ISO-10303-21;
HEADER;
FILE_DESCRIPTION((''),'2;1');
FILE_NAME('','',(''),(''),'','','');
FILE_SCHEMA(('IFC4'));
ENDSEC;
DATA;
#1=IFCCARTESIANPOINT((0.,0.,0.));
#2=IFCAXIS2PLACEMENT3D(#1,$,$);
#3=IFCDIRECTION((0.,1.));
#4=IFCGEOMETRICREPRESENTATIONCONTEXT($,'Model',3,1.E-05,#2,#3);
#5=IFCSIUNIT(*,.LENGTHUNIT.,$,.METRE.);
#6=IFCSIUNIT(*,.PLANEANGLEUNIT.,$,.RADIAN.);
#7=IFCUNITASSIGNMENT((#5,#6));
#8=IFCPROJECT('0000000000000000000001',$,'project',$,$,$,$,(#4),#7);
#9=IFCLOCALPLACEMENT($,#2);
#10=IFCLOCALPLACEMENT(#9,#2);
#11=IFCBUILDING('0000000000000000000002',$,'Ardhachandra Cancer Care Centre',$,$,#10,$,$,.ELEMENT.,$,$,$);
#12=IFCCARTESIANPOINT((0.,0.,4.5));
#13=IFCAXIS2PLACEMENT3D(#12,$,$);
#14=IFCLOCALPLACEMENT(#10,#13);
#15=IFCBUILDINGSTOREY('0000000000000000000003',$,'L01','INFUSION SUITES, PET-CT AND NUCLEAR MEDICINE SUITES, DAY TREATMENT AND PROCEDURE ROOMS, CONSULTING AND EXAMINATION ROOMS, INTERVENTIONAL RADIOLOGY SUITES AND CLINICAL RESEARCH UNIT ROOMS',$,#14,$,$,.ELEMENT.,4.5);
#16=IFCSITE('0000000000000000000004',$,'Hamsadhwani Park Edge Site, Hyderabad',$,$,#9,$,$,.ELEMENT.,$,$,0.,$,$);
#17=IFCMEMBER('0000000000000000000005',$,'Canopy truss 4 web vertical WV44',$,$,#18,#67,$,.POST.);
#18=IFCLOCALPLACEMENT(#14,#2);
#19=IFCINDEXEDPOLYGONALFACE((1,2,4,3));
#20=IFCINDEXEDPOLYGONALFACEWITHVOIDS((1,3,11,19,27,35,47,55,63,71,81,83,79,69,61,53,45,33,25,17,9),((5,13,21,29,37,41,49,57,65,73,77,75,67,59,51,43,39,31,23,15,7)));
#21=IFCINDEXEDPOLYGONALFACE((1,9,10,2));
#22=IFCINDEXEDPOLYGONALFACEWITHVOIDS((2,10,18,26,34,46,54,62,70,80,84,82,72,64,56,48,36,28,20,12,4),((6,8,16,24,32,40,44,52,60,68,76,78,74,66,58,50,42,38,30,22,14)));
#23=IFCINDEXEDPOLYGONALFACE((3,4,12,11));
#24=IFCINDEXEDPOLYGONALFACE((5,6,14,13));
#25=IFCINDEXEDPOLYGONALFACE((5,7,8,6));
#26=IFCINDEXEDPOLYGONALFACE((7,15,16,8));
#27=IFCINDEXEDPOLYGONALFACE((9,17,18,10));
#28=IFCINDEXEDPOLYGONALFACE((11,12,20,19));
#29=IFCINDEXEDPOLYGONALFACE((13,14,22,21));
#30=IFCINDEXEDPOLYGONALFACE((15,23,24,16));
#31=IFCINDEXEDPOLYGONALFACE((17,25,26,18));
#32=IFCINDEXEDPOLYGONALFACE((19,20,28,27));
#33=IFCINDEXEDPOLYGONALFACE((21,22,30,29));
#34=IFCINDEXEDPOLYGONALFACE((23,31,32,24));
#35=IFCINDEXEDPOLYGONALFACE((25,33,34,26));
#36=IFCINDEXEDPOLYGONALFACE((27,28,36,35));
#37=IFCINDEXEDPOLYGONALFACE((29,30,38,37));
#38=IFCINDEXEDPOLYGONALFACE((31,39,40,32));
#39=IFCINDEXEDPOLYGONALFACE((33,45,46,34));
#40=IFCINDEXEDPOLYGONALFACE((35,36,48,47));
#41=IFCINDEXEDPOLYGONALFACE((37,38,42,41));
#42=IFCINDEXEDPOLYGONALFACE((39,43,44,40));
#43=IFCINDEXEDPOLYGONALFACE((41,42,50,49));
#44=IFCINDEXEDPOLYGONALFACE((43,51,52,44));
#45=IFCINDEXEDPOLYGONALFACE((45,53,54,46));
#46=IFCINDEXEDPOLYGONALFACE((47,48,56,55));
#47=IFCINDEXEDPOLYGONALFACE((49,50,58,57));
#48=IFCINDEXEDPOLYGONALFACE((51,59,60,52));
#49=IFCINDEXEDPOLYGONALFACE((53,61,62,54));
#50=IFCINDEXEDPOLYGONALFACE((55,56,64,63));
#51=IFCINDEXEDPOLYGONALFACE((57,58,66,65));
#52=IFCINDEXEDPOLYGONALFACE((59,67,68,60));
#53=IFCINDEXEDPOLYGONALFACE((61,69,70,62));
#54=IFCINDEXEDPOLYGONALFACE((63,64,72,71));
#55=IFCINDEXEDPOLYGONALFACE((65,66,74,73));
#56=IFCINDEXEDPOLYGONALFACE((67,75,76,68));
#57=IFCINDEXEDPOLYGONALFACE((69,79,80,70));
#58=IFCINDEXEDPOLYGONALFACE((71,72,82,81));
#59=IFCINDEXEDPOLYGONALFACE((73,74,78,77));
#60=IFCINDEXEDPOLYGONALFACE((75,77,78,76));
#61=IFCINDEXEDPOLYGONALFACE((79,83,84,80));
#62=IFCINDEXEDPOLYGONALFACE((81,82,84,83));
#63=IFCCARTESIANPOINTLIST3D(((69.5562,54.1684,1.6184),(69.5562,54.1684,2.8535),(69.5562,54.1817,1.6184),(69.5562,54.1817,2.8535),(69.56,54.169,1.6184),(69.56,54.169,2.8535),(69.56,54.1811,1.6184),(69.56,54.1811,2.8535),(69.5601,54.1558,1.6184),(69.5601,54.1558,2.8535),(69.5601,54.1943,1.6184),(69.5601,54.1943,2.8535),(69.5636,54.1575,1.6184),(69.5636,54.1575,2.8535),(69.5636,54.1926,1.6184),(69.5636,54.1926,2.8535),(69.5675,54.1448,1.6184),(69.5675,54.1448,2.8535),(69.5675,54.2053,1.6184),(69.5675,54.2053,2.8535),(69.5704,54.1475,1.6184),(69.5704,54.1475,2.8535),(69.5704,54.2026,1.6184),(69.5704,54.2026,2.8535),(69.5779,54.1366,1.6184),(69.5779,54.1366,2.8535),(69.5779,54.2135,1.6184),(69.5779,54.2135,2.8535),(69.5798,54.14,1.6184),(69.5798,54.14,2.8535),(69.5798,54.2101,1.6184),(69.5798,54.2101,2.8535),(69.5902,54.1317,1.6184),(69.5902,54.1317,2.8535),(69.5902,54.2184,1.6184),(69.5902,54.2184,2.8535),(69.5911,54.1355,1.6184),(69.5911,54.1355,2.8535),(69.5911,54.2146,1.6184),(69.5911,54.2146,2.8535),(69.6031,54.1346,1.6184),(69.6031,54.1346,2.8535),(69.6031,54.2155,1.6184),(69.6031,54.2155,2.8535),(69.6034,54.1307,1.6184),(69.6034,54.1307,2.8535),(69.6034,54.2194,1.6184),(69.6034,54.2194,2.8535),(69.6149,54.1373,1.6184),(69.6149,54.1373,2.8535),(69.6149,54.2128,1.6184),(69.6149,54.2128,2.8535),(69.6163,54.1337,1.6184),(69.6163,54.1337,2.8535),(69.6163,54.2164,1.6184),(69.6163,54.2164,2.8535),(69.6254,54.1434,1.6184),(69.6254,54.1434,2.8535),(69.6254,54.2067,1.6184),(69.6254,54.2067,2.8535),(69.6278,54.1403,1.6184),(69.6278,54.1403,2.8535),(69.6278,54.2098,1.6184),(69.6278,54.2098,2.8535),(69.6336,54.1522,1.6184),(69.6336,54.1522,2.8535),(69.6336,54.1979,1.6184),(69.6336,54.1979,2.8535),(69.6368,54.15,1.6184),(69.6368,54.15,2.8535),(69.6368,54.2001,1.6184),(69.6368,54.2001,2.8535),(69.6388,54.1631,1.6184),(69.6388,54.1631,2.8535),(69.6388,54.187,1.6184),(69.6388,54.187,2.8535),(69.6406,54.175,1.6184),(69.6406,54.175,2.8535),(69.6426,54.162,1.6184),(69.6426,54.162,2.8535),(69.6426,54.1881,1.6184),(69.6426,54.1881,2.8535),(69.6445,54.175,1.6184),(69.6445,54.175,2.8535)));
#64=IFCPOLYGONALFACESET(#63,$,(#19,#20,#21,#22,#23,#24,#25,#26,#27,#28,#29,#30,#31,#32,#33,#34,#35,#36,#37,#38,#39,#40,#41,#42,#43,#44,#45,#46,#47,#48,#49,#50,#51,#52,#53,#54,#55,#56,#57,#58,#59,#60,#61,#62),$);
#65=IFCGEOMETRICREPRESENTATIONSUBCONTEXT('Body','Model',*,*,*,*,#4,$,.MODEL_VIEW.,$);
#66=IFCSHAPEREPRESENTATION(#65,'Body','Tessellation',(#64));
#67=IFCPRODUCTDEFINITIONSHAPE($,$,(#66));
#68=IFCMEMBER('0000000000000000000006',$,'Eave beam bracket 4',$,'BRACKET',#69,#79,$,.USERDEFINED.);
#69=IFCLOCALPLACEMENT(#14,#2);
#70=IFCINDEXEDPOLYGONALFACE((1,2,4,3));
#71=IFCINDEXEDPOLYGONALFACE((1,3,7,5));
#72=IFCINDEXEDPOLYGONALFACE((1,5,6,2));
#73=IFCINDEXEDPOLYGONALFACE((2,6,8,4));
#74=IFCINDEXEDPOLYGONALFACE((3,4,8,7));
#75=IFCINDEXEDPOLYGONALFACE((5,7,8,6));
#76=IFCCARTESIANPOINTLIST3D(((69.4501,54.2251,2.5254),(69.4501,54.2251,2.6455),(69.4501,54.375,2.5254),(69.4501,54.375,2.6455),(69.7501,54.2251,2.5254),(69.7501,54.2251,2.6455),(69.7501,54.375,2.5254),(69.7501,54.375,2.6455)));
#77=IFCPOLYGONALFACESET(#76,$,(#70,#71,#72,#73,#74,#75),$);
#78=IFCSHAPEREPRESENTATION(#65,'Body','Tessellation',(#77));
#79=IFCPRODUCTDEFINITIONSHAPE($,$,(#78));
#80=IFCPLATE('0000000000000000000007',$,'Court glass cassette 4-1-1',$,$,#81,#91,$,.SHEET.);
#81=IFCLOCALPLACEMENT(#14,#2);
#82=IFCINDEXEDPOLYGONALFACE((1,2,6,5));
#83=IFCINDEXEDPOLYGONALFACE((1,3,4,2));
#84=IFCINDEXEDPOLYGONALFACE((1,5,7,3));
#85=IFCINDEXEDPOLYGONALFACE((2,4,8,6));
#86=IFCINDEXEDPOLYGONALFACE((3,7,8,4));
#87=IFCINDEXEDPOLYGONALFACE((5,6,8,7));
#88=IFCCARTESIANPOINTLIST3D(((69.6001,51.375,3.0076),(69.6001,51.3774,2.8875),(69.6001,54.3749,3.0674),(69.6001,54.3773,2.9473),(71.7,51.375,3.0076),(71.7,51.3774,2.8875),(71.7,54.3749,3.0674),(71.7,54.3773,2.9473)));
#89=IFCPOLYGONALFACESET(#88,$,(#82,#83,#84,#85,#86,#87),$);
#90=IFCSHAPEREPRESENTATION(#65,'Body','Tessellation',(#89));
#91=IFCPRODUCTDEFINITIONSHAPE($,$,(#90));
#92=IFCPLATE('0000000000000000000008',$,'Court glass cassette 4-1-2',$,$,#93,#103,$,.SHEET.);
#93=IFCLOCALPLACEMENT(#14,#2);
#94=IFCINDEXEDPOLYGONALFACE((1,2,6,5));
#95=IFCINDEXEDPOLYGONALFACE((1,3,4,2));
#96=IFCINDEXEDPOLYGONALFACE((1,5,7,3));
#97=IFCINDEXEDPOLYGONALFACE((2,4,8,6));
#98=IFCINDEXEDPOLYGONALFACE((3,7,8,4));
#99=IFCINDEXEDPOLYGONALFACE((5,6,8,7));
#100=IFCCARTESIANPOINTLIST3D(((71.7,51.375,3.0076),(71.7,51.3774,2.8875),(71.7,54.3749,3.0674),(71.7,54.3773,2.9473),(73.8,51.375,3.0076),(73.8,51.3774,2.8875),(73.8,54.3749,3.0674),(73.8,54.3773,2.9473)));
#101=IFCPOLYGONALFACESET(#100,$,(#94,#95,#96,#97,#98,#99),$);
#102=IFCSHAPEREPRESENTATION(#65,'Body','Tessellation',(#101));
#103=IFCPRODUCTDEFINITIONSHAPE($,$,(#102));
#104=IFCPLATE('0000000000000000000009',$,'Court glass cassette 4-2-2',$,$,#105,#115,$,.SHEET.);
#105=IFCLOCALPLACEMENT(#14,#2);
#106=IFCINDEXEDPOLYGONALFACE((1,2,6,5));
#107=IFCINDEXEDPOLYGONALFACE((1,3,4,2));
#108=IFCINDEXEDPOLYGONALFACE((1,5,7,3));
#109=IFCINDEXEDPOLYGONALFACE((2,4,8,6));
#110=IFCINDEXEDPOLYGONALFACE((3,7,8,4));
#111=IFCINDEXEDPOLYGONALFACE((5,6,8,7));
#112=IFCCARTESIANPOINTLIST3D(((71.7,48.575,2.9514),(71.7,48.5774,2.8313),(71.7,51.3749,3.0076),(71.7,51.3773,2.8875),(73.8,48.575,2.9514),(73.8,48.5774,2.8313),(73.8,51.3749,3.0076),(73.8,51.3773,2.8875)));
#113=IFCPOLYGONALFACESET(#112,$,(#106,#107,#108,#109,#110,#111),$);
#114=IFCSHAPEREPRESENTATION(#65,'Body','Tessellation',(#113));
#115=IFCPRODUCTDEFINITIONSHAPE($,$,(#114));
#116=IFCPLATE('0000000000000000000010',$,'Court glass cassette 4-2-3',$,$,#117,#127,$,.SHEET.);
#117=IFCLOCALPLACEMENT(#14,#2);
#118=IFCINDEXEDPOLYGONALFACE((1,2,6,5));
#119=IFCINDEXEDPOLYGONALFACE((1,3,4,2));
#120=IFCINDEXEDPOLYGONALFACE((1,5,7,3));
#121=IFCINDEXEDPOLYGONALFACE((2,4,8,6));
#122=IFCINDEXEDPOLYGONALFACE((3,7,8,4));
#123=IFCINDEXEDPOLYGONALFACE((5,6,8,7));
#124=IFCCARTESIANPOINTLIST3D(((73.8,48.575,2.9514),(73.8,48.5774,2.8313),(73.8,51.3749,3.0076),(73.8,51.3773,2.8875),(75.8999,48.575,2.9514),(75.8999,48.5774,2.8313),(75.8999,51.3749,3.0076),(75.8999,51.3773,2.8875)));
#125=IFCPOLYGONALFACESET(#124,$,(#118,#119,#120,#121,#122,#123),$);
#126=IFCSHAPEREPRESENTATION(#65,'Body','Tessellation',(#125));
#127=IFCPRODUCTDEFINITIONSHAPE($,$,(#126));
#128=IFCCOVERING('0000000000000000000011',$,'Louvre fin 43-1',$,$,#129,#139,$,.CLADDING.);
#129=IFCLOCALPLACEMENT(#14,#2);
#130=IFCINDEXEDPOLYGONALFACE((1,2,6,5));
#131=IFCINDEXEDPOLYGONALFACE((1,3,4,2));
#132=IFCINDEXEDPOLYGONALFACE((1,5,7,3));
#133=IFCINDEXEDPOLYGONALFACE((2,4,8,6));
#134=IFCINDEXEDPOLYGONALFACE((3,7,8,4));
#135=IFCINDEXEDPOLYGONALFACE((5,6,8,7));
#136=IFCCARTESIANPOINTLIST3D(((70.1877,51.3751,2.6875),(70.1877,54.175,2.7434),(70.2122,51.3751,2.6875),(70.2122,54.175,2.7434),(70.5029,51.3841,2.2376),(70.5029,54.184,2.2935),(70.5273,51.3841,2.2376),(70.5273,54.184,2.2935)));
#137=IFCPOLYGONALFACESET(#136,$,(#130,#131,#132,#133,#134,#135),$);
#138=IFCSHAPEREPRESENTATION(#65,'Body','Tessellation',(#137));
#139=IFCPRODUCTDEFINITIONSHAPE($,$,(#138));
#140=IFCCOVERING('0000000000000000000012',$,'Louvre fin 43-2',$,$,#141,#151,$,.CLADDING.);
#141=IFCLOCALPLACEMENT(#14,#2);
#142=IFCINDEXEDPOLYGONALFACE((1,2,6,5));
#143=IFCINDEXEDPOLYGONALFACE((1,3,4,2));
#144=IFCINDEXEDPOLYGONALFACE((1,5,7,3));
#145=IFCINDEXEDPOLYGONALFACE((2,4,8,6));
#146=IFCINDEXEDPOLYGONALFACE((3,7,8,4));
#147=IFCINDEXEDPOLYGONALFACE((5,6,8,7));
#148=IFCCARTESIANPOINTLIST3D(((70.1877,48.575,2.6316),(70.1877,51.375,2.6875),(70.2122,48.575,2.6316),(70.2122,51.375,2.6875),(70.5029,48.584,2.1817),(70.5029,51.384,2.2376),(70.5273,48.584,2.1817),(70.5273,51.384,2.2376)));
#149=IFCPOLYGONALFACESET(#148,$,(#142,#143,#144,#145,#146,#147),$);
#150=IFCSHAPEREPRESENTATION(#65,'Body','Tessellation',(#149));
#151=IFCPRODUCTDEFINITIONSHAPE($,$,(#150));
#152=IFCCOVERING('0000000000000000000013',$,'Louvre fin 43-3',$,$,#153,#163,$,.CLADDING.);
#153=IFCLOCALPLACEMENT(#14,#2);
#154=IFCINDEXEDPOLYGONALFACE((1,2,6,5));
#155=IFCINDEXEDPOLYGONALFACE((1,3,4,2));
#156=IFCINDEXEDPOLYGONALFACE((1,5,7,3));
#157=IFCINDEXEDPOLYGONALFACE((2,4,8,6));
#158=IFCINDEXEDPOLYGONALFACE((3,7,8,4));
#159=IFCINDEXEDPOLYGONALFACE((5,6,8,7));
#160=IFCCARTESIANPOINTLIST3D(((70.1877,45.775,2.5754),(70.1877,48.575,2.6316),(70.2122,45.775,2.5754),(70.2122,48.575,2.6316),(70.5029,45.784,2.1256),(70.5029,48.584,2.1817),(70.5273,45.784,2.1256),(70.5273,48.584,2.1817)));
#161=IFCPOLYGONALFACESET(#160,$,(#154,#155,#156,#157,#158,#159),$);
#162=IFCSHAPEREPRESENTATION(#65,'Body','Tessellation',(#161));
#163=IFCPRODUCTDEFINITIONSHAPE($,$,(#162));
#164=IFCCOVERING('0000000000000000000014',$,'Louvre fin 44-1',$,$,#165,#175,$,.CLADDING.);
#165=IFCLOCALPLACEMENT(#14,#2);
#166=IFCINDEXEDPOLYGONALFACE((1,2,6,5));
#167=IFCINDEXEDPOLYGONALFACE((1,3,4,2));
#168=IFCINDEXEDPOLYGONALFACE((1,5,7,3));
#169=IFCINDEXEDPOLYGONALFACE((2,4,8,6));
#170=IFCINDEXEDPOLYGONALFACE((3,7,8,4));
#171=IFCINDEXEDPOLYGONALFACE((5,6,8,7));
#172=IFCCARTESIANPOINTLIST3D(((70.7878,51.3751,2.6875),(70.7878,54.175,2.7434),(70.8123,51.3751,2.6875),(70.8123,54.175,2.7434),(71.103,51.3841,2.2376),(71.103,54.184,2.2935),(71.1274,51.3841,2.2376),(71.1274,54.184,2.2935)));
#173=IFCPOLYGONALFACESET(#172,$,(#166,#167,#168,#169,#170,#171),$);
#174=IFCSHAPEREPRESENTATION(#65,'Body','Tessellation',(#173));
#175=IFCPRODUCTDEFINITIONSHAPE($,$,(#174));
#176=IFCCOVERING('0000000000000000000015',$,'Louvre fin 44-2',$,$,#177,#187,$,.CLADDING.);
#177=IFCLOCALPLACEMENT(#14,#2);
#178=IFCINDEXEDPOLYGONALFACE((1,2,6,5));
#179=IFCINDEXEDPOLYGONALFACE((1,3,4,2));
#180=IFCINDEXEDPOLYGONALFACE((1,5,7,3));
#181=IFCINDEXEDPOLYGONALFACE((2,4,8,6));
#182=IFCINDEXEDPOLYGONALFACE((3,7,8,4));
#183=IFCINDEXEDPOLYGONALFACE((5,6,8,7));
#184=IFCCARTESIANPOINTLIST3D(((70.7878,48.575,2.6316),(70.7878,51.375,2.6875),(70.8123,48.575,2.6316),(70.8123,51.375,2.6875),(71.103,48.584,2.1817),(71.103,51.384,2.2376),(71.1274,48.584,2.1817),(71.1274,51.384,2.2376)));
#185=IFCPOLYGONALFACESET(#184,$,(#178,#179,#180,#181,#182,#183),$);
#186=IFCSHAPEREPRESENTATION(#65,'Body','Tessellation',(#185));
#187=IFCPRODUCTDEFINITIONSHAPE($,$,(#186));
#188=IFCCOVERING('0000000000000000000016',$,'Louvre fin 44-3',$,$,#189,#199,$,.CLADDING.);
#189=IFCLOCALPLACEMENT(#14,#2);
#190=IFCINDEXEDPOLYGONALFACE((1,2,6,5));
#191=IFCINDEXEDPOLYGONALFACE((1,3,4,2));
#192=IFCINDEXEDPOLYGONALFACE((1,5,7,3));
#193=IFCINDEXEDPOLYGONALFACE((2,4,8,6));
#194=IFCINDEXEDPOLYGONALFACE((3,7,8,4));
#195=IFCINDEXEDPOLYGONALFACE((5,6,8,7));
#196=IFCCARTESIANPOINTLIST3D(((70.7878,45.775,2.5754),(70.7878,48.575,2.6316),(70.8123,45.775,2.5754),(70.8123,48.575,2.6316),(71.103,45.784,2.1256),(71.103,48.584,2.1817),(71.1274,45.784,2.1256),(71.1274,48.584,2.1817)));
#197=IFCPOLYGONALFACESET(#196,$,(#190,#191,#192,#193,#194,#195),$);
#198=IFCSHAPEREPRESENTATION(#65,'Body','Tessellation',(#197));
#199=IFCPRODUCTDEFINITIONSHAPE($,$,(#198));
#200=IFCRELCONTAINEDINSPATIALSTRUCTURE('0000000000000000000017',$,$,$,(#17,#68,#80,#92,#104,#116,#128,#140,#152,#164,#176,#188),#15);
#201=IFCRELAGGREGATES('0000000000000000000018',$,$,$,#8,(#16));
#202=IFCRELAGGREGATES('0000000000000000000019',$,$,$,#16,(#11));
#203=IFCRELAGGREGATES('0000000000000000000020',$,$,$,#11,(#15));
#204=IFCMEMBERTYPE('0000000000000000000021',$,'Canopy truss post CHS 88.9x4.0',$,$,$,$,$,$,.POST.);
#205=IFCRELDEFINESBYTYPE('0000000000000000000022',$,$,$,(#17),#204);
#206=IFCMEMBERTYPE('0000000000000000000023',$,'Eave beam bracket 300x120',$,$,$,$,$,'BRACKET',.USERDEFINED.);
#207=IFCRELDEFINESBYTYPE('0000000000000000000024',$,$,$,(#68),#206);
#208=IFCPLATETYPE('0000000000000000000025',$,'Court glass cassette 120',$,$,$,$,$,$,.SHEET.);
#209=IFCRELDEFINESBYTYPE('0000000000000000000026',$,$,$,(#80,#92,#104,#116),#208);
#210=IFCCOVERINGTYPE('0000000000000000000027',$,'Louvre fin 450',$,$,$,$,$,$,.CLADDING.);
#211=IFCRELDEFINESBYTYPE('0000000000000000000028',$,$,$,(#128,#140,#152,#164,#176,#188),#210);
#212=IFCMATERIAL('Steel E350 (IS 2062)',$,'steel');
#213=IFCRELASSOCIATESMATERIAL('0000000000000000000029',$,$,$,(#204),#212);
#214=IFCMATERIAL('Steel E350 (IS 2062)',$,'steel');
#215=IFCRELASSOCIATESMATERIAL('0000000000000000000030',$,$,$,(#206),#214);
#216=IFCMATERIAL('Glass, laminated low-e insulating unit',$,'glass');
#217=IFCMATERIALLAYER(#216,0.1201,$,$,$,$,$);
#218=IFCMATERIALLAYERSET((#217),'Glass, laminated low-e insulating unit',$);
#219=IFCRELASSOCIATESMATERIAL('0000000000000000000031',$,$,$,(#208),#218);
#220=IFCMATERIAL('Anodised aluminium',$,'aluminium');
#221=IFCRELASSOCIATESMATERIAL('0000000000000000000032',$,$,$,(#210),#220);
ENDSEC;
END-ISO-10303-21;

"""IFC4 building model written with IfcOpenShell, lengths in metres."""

from ifc_helpers import new_model, si_unit, direction, frame, origin, origin_2d, place, context, subcontext, project, spatial, polyline, rectangle, hollow_circle, outline, extrude, material, layer, layer_set, material_profile, profile_set, type_object, element, save


model = new_model("IFC4")

# Units and contexts
model_context = context("Model", 3, precision=1e-05, world=origin(), true_north=direction((0.0, 1.0)))
body_context = subcontext(model_context, "Body", "Model", "MODEL_VIEW")
ifc_project = project(units=[si_unit("LENGTHUNIT", "METRE"), si_unit("PLANEANGLEUNIT", "RADIAN")], contexts=[model_context])

# Site, building, storey
site_placement = place(None, origin())
site = spatial("IfcSite", under=ifc_project, at=site_placement, Name="Hamsadhwani Park Edge Site, Hyderabad", CompositionType="ELEMENT", RefElevation=0.0)
building_placement = place(site_placement, origin())
building = spatial("IfcBuilding", under=site, at=building_placement, Name="Ardhachandra Cancer Care Centre", CompositionType="ELEMENT")
storey_placement = place(building_placement, frame((0.0, 0.0, 4.5)))
storey = spatial("IfcBuildingStorey", under=building, at=storey_placement, Name="L01", Description="INFUSION SUITES, PET-CT AND NUCLEAR MEDICINE SUITES, DAY TREATMENT AND PROCEDURE ROOMS, CONSULTING AND EXAMINATION ROOMS, INTERVENTIONAL RADIOLOGY SUITES AND CLINICAL RESEARCH UNIT ROOMS", CompositionType="ELEMENT", Elevation=4.5)

# Members
ifc_material_1 = material(Name="Steel E350 (IS 2062)", Category="steel")
ifc_material_profile_1 = material_profile(ifc_material_1, hollow_circle(Radius=0.0444, WallThickness=0.0039, at=origin_2d()), Name="CHS 88.9x4.0")
ifc_profile_set_1 = profile_set([ifc_material_profile_1], Name="Steel E350 (IS 2062)")
member_type_1 = type_object("IfcMemberType", Name="Canopy truss post CHS 88.9x4.0", PredefinedType="POST", material=ifc_profile_set_1)
member_1_placement = place(storey_placement, frame((69.6001, 54.175, 2.8535), z_axis=(0.0, 0.0, -1.0), x_axis=(1.0, 0.0, 0.0)))
element("IfcMember", 1, at=member_1_placement, inside=storey, type_object=member_type_1, Name="Canopy truss 4 web vertical WV44", PredefinedType="POST", context=body_context, shape_type="SweptSolid", body=[
    extrude(hollow_circle(Radius=0.0444, WallThickness=0.0039, at=origin_2d()), origin(), (0.0, 0.0, 1.0), 1.2351),
])
ifc_material_2 = material(Name="Steel E350 (IS 2062)", Category="steel")
ifc_material_profile_2 = material_profile(ifc_material_2, rectangle(XDim=0.3, YDim=0.1201, at=origin_2d()), Name="PL 300x120")
ifc_profile_set_2 = profile_set([ifc_material_profile_2], Name="Steel E350 (IS 2062)")
member_type_2 = type_object("IfcMemberType", Name="Eave beam bracket 300x120", ElementType="BRACKET", PredefinedType="USERDEFINED", material=ifc_profile_set_2)
member_2_placement = place(storey_placement, frame((69.6001, 54.2251, 2.5854), z_axis=(0.0, 1.0, 0.0), x_axis=(-1.0, 0.0, 0.0)))
element("IfcMember", 2, at=member_2_placement, inside=storey, type_object=member_type_2, Name="Eave beam bracket 4", ObjectType="BRACKET", PredefinedType="USERDEFINED", context=body_context, shape_type="SweptSolid", body=[
    extrude(rectangle(XDim=0.3, YDim=0.1201, at=origin_2d()), origin(), (0.0, 0.0, 1.0), 0.1499),
])

# Plates
ifc_material_3 = material(Name="Glass, laminated low-e insulating unit", Category="glass")
ifc_layer = layer(ifc_material_3, 0.1201)
ifc_layer_set = layer_set([ifc_layer], Name="Glass, laminated low-e insulating unit")
plate_type = type_object("IfcPlateType", Name="Court glass cassette 120", PredefinedType="SHEET", material=ifc_layer_set)
plate_1_placement = place(storey_placement, frame((71.7, 51.375, 3.0076), z_axis=(0.0, -0.019934, 0.999801), x_axis=(-1.0, 0.0, 0.0)))
element("IfcPlate", 3, at=plate_1_placement, inside=storey, type_object=plate_type, Name="Court glass cassette 4-1-1", PredefinedType="SHEET", context=body_context, shape_type="SweptSolid", body=[
    extrude(outline(polyline([(0.0, -3.0005), (2.0999, -3.0005), (2.0999, 0.0), (0.0, 0.0), (0.0, -3.0005)])), frame((0.0, 0.0, -0.1201)), (0.0, 0.0, 1.0), 0.1201),
])
plate_2_placement = place(storey_placement, frame((73.8, 51.375, 3.0076), z_axis=(0.0, -0.019934, 0.999801), x_axis=(-1.0, 0.0, 0.0)))
element("IfcPlate", 4, at=plate_2_placement, inside=storey, type_object=plate_type, Name="Court glass cassette 4-1-2", PredefinedType="SHEET", context=body_context, shape_type="SweptSolid", body=[
    extrude(outline(polyline([(0.0, -3.0005), (2.1001, -3.0005), (2.1001, 0.0), (0.0, 0.0), (0.0, -3.0005)])), frame((0.0, 0.0, -0.1201)), (0.0, 0.0, 1.0), 0.1201),
])
plate_3_placement = place(storey_placement, frame((71.7, 48.575, 2.9514), z_axis=(0.0, -0.02005, 0.999799), x_axis=(0.0, 0.999799, 0.02005)))
element("IfcPlate", 5, at=plate_3_placement, inside=storey, type_object=plate_type, Name="Court glass cassette 4-2-2", PredefinedType="SHEET", context=body_context, shape_type="SweptSolid", body=[
    extrude(outline(polyline([(0.0, -2.1001), (2.8005, -2.1001), (2.8005, 0.0), (0.0, 0.0), (0.0, -2.1001)])), frame((0.0, 0.0, -0.1201)), (0.0, 0.0, 1.0), 0.1201),
])
plate_4_placement = place(storey_placement, frame((73.8, 48.575, 2.9514), z_axis=(0.0, -0.02005, 0.999799), x_axis=(0.0, 0.999799, 0.02005)))
element("IfcPlate", 6, at=plate_4_placement, inside=storey, type_object=plate_type, Name="Court glass cassette 4-2-3", PredefinedType="SHEET", context=body_context, shape_type="SweptSolid", body=[
    extrude(outline(polyline([(0.0, -2.0999), (2.8005, -2.0999), (2.8005, 0.0), (0.0, 0.0), (0.0, -2.0999)])), frame((0.0, 0.0, -0.1201)), (0.0, 0.0, 1.0), 0.1201),
])

# Coverings
ifc_material_4 = material(Name="Anodised aluminium", Category="aluminium")
ifc_material_profile_3 = material_profile(ifc_material_4, outline(polyline([(-0.0122, 0.0), (0.0122, 0.0), (0.3274, -0.45), (0.303, -0.45), (-0.0122, 0.0)])), Name="Louvre fin 450")
ifc_profile_set_3 = profile_set([ifc_material_profile_3], Name="Anodised aluminium")
covering_type = type_object("IfcCoveringType", Name="Louvre fin 450", PredefinedType="CLADDING", material=ifc_profile_set_3)
for number, where, z_axis, x_axis, name in (
    (7, (70.2, 54.175, 2.7434), (0.0, -0.999801, -0.019963), (1.0, 0.0, 0.0), "Louvre fin 43-1"),
    (8, (70.2, 51.375, 2.6875), (0.0, -0.999801, -0.019963), (1.0, 0.0, 0.0), "Louvre fin 43-2"),
    (9, (70.2, 48.575, 2.6316), (0.0, -0.999799, -0.02005), (1.0, 0.0, 0.0), "Louvre fin 43-3"),
    (10, (70.8, 54.175, 2.7434), (0.0, -0.999801, -0.019963), (1.0, 0.0, 0.0), "Louvre fin 44-1"),
    (11, (70.8, 51.375, 2.6875), (0.0, -0.999801, -0.019963), (1.0, 0.0, 0.0), "Louvre fin 44-2"),
    (12, (70.8, 48.575, 2.6316), (0.0, -0.999799, -0.02005), (1.0, 0.0, 0.0), "Louvre fin 44-3"),
):
    element("IfcCovering", number, at=place(storey_placement, frame(where, z_axis=z_axis, x_axis=x_axis)), inside=storey, type_object=covering_type, Name=name, PredefinedType="CLADDING", context=body_context, shape_type="SweptSolid", body=[
        extrude(outline(polyline([(-0.0122, 0.0), (0.0122, 0.0), (0.3274, -0.45), (0.303, -0.45), (-0.0122, 0.0)])), origin(), (0.0, 0.0, 1.0), 2.8005),
    ])

save(model, "model.ifc")
